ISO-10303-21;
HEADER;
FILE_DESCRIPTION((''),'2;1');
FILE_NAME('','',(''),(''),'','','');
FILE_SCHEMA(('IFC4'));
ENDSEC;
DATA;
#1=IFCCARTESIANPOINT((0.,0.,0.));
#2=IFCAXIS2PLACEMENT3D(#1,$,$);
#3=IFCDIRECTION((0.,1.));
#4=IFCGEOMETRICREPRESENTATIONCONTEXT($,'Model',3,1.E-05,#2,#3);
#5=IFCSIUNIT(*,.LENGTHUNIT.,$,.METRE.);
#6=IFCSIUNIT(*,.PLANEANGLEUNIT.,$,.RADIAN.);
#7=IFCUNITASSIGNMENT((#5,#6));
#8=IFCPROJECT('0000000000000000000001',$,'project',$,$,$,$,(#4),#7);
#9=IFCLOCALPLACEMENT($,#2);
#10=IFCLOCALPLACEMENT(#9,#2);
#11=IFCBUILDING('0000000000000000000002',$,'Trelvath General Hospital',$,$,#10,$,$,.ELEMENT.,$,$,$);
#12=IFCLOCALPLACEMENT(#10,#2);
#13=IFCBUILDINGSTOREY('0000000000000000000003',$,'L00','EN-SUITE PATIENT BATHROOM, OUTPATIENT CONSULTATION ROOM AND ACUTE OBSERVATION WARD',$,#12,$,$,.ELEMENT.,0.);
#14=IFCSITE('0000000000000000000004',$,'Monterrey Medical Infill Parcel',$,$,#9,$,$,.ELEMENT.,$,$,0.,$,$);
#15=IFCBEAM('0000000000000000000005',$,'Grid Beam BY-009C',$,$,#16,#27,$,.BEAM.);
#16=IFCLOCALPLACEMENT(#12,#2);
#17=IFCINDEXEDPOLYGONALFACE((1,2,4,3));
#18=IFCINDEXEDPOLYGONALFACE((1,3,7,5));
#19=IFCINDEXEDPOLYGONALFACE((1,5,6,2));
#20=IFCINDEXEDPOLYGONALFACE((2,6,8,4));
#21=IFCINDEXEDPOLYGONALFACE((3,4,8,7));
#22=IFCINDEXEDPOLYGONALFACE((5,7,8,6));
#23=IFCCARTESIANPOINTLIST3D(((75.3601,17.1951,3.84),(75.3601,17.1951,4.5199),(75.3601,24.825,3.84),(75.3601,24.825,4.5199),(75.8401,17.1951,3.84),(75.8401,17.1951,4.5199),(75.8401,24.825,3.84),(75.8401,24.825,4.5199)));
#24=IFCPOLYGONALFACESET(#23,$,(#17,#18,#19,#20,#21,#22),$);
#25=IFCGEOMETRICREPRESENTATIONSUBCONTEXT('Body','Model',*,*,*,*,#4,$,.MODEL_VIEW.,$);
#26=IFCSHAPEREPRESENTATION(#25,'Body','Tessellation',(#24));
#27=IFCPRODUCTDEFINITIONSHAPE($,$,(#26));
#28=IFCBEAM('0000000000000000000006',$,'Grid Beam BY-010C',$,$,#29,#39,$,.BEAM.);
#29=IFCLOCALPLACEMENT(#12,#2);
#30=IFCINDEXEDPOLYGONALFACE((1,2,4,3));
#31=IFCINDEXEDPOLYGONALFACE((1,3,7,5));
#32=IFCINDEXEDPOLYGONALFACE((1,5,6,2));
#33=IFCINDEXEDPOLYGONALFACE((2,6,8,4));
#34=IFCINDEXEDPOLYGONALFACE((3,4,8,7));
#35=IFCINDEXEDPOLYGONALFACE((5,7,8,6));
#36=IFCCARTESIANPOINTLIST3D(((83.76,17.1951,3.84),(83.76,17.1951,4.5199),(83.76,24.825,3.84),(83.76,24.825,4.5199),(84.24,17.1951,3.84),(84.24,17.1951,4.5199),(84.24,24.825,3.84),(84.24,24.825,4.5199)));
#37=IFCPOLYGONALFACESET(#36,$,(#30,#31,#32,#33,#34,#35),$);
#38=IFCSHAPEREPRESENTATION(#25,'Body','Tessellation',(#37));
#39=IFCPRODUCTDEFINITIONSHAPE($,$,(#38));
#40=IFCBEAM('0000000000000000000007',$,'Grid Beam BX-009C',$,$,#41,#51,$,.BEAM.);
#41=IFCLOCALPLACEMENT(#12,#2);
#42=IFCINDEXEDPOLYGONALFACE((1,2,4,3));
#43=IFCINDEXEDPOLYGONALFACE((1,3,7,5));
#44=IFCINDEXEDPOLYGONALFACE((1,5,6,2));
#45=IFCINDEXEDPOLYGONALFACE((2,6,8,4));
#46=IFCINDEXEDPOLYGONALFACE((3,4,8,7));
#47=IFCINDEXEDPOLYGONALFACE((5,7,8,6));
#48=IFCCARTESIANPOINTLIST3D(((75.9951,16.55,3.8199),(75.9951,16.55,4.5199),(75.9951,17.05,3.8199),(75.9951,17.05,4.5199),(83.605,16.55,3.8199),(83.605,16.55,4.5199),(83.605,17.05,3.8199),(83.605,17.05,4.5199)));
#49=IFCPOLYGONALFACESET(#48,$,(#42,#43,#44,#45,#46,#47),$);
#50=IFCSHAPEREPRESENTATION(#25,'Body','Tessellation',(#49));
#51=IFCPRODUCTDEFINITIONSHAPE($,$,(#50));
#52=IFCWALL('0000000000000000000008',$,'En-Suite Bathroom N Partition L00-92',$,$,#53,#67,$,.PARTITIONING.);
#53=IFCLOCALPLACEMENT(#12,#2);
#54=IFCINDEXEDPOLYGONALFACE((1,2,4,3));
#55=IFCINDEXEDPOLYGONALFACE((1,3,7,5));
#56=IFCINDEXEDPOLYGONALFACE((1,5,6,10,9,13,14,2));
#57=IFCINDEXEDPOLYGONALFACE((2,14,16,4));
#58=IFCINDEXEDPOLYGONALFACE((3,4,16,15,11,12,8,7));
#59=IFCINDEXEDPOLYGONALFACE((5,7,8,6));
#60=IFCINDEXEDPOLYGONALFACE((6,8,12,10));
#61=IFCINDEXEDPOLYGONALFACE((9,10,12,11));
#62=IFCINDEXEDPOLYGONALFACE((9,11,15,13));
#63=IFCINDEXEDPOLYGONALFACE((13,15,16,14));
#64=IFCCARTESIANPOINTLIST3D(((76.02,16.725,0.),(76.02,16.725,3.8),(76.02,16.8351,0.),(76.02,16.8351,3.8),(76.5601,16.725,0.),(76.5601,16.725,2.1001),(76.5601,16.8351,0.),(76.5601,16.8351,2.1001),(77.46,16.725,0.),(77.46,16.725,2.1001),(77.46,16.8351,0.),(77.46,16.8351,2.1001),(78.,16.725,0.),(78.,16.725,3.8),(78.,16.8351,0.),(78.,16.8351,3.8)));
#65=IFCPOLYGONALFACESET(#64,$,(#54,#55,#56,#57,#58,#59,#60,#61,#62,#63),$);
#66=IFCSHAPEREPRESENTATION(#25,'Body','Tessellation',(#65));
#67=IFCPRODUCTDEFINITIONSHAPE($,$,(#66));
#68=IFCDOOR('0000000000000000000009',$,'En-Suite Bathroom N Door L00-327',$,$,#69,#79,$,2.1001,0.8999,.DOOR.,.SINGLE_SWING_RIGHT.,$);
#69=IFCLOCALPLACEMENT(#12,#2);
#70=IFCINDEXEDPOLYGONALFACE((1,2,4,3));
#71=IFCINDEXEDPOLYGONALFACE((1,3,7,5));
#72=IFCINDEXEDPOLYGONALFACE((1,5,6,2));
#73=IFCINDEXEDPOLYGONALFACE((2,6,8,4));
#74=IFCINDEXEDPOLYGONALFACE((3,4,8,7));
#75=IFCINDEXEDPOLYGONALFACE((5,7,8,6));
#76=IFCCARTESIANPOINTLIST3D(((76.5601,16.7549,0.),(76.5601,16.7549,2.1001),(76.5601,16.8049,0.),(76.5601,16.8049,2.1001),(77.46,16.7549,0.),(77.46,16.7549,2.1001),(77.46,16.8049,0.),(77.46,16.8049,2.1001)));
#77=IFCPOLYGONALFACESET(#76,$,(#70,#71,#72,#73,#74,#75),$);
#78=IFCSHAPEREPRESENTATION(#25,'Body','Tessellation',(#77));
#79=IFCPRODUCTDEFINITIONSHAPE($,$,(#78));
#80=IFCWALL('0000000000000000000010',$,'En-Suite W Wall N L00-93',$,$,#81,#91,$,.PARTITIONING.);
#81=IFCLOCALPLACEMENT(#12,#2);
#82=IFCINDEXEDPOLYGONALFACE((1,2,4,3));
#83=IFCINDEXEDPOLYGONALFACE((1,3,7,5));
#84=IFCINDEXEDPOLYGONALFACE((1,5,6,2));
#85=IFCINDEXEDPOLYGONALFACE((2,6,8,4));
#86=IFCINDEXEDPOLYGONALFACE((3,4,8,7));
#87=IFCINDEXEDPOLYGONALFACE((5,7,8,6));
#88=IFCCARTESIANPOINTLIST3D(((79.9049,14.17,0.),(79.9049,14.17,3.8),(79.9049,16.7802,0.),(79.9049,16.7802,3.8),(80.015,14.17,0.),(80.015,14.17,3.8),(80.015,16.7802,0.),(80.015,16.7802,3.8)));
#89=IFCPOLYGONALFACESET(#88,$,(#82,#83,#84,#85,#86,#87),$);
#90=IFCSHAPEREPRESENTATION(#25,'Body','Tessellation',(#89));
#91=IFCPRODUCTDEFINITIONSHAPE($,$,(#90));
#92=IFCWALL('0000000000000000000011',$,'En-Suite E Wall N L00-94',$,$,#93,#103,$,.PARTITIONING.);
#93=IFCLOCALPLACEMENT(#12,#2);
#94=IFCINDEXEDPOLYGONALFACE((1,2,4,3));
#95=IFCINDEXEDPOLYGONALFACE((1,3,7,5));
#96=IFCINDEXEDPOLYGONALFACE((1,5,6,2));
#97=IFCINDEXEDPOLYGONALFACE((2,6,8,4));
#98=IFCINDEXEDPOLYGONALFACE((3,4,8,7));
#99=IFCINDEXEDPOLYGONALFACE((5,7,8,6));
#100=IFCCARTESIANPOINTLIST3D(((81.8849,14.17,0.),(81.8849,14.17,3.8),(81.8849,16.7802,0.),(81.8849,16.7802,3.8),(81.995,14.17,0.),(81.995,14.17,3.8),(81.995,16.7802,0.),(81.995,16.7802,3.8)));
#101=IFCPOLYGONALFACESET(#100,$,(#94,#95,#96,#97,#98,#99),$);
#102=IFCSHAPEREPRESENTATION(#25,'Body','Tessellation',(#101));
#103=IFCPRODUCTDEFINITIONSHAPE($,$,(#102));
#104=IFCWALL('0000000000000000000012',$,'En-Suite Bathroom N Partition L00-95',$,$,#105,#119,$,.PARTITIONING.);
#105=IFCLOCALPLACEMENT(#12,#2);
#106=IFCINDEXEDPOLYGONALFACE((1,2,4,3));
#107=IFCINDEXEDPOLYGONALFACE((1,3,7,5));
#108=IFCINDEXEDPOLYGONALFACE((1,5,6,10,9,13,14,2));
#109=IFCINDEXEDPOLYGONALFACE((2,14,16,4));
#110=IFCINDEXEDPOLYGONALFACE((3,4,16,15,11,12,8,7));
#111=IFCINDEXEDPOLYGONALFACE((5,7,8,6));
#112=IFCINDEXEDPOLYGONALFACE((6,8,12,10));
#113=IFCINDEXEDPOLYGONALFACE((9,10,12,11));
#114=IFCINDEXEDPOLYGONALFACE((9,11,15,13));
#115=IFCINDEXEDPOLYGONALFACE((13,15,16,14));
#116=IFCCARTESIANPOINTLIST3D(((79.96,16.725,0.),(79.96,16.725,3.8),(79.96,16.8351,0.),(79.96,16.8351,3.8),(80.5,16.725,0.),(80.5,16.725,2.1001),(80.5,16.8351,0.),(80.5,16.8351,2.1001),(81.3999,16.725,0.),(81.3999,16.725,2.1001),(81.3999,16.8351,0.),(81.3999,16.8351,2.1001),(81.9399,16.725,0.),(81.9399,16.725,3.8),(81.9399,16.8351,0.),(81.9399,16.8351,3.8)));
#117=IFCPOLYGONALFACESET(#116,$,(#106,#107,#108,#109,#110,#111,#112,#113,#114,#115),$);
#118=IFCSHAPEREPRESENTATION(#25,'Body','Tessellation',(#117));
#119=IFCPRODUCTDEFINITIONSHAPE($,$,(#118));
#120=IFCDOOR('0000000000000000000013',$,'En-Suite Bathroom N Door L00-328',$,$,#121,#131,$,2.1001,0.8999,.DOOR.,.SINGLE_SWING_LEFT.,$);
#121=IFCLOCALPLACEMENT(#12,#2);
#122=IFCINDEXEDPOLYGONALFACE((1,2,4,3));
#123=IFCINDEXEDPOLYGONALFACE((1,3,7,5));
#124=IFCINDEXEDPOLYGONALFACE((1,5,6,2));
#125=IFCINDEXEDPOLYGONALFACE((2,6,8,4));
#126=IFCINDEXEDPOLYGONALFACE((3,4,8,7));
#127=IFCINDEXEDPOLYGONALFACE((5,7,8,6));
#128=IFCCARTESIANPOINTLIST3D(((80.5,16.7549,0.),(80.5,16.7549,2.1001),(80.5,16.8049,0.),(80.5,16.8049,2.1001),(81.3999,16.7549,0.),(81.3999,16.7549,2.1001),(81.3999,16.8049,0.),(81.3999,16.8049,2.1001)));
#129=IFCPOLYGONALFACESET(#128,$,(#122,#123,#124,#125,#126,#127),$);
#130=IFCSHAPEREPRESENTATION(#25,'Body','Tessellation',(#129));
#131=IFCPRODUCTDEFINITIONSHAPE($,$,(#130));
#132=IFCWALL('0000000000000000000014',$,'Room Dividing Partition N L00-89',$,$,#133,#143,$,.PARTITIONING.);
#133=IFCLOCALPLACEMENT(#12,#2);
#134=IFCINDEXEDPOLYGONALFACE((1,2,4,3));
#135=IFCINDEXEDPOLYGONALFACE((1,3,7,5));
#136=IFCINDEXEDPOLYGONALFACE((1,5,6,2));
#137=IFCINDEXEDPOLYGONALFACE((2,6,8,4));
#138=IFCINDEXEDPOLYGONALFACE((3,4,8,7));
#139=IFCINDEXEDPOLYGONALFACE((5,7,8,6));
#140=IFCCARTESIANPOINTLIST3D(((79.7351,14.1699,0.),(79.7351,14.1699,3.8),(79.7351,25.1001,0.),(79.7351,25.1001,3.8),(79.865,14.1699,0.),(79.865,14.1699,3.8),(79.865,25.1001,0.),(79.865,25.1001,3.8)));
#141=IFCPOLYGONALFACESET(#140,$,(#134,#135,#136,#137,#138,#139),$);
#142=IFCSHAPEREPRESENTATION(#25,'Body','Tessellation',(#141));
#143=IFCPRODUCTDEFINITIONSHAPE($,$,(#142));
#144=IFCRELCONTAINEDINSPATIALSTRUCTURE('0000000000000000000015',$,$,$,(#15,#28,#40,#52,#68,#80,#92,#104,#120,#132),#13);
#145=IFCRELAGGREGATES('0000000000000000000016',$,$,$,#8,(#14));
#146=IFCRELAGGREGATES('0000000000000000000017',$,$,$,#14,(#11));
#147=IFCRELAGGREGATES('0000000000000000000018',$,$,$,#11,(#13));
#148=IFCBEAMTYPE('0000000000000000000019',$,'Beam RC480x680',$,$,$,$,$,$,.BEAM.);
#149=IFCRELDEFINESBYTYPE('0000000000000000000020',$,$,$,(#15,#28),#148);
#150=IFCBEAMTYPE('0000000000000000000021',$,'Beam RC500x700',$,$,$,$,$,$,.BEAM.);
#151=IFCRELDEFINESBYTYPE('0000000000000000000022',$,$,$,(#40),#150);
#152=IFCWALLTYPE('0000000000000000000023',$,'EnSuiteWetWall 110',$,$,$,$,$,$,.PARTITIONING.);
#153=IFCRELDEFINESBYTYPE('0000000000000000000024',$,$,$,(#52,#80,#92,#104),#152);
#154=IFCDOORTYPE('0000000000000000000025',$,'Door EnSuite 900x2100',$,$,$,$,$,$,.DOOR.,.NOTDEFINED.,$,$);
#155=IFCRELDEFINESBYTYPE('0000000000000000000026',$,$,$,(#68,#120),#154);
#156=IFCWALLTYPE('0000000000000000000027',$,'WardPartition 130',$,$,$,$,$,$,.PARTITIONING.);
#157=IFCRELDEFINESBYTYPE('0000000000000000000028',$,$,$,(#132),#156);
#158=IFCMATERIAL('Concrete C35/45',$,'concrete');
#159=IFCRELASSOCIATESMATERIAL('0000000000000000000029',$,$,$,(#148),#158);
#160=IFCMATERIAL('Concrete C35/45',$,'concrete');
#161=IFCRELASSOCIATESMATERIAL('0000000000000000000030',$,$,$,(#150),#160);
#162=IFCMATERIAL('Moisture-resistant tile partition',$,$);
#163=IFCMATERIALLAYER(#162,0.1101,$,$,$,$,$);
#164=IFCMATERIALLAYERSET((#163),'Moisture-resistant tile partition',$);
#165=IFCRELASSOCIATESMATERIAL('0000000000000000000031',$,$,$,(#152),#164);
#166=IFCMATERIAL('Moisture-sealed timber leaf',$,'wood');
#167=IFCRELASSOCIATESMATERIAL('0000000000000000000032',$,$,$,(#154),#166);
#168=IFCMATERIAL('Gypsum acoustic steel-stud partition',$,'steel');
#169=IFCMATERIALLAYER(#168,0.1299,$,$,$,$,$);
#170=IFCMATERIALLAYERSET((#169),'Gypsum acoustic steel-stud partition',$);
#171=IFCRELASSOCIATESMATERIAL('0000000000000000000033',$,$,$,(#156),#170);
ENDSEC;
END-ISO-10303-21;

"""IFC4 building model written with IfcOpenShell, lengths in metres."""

from ifc_helpers import new_model, si_unit, direction, frame, frame_2d, origin, origin_2d, place, context, subcontext, project, spatial, rectangle, extrude, material, layer, layer_set, material_profile, profile_set, type_object, element, fill, save


model = new_model("IFC4")

# Units and contexts
model_context = context("Model", 3, precision=1e-05, world=origin(), true_north=direction((0.0, 1.0)))
body_context = subcontext(model_context, "Body", "Model", "MODEL_VIEW")
ifc_project = project(units=[si_unit("LENGTHUNIT", "METRE"), si_unit("PLANEANGLEUNIT", "RADIAN")], contexts=[model_context])

# Site, building, storey
site_placement = place(None, origin())
site = spatial("IfcSite", under=ifc_project, at=site_placement, Name="Monterrey Medical Infill Parcel", CompositionType="ELEMENT", RefElevation=0.0)
building_placement = place(site_placement, origin())
building = spatial("IfcBuilding", under=site, at=building_placement, Name="Trelvath General Hospital", CompositionType="ELEMENT")
storey_placement = place(building_placement, origin())
storey = spatial("IfcBuildingStorey", under=building, at=storey_placement, Name="L00", Description="EN-SUITE PATIENT BATHROOM, OUTPATIENT CONSULTATION ROOM AND ACUTE OBSERVATION WARD", CompositionType="ELEMENT", Elevation=0.0)

# Beams
ifc_material_1 = material(Name="Concrete C35/45", Category="concrete")
ifc_material_profile_1 = material_profile(ifc_material_1, rectangle(XDim=0.48, YDim=0.6799, at=origin_2d()), Name="RCB480x680")
ifc_profile_set_1 = profile_set([ifc_material_profile_1], Name="Concrete C35/45")
beam_type_1 = type_object("IfcBeamType", Name="Beam RC480x680", PredefinedType="BEAM", material=ifc_profile_set_1)
for number, where, z_axis, x_axis, name in (
    (1, (75.6001, 17.1951, 4.1799), (0.0, 1.0, 0.0), (-1.0, 0.0, 0.0), "Grid Beam BY-009C"),
    (2, (84.0, 17.1951, 4.1799), (0.0, 1.0, 0.0), (-1.0, 0.0, 0.0), "Grid Beam BY-010C"),
):
    element("IfcBeam", number, at=place(storey_placement, frame(where, z_axis=z_axis, x_axis=x_axis)), inside=storey, type_object=beam_type_1, Name=name, PredefinedType="BEAM", context=body_context, shape_type="SweptSolid", body=[
        extrude(rectangle(XDim=0.48, YDim=0.6799, at=origin_2d()), origin(), (0.0, 0.0, 1.0), 7.6299),
    ])
ifc_material_2 = material(Name="Concrete C35/45", Category="concrete")
ifc_material_profile_2 = material_profile(ifc_material_2, rectangle(XDim=0.5, YDim=0.7, at=origin_2d()), Name="RCB500x700")
ifc_profile_set_2 = profile_set([ifc_material_profile_2], Name="Concrete C35/45")
beam_type_2 = type_object("IfcBeamType", Name="Beam RC500x700", PredefinedType="BEAM", material=ifc_profile_set_2)
beam_placement = place(storey_placement, frame((75.9951, 16.8, 4.1699), z_axis=(1.0, 0.0, 0.0), x_axis=(0.0, 1.0, 0.0)))
element("IfcBeam", 3, at=beam_placement, inside=storey, type_object=beam_type_2, Name="Grid Beam BX-009C", PredefinedType="BEAM", context=body_context, shape_type="SweptSolid", body=[
    extrude(rectangle(XDim=0.5, YDim=0.7, at=origin_2d()), origin(), (0.0, 0.0, 1.0), 7.6099),
])

# Wall, opening, door
ifc_material_3 = material(Name="Moisture-resistant tile partition")
ifc_layer_1 = layer(ifc_material_3, 0.1101)
ifc_layer_set_1 = layer_set([ifc_layer_1], Name="Moisture-resistant tile partition")
wall_type_1 = type_object("IfcWallType", Name="EnSuiteWetWall 110", PredefinedType="PARTITIONING", material=ifc_layer_set_1)
wall_1_placement = place(storey_placement, frame((76.02, 16.78, 0.0), z_axis=(0.0, 0.0, 1.0), x_axis=(1.0, 0.0, 0.0)))
wall_1 = element("IfcWall", 4, at=wall_1_placement, inside=storey, type_object=wall_type_1, Name="En-Suite Bathroom N Partition L00-92", PredefinedType="PARTITIONING", context=body_context, shape_type="SweptSolid", body=[
    extrude(rectangle(XDim=1.98, YDim=0.1101, at=frame_2d((0.99, 0.0))), origin(), (0.0, 0.0, 1.0), 3.8),
])
opening_1_placement = place(wall_1_placement, frame((0.54, 0.0, 0.0)))
opening_1 = element("IfcOpeningElement", 5, at=opening_1_placement, cuts=wall_1, PredefinedType="OPENING", context=body_context, shape_type="SweptSolid", body=[
    extrude(rectangle(XDim=0.8999, YDim=2.1001, at=frame_2d((0.45, 1.05))), frame((0.0, 0.0649, 0.0), z_axis=(0.0, -1.0, 0.0), x_axis=(1.0, 0.0, 0.0)), (0.0, 0.0, 1.0), 0.1301),
])
ifc_material_4 = material(Name="Moisture-sealed timber leaf", Category="wood")
door_type = type_object("IfcDoorType", Name="Door EnSuite 900x2100", OperationType="NOTDEFINED", PredefinedType="DOOR", material=ifc_material_4)
door_1_placement = place(opening_1_placement, origin())
door_1 = element("IfcDoor", 6, at=door_1_placement, inside=storey, type_object=door_type, Name="En-Suite Bathroom N Door L00-327", OperationType="SINGLE_SWING_RIGHT", OverallHeight=2.1001, OverallWidth=0.8999, PredefinedType="DOOR", context=body_context, shape_type="SweptSolid", body=[
    extrude(rectangle(XDim=0.8999, YDim=2.1001, at=frame_2d((0.45, 1.05))), frame((0.0, 0.0249, 0.0), z_axis=(0.0, -1.0, 0.0), x_axis=(1.0, 0.0, 0.0)), (0.0, 0.0, 1.0), 0.05),
])
fill(opening_1, door_1)

# Walls
for number, where, z_axis, x_axis, name in (
    (7, (79.96, 14.1699, 0.0), (0.0, 0.0, 1.0), (0.0, 1.0, 0.0), "En-Suite W Wall N L00-93"),
    (8, (81.9399, 14.1699, 0.0), (0.0, 0.0, 1.0), (0.0, 1.0, 0.0), "En-Suite E Wall N L00-94"),
):
    element("IfcWall", number, at=place(storey_placement, frame(where, z_axis=z_axis, x_axis=x_axis)), inside=storey, type_object=wall_type_1, Name=name, PredefinedType="PARTITIONING", context=body_context, shape_type="SweptSolid", body=[
        extrude(rectangle(XDim=2.6101, YDim=0.1101, at=frame_2d((1.3052, 0.0))), origin(), (0.0, 0.0, 1.0), 3.8),
    ])

# Wall, opening, door
wall_2_placement = place(storey_placement, frame((79.96, 16.78, 0.0), z_axis=(0.0, 0.0, 1.0), x_axis=(1.0, 0.0, 0.0)))
wall_2 = element("IfcWall", 9, at=wall_2_placement, inside=storey, type_object=wall_type_1, Name="En-Suite Bathroom N Partition L00-95", PredefinedType="PARTITIONING", context=body_context, shape_type="SweptSolid", body=[
    extrude(rectangle(XDim=1.98, YDim=0.1101, at=frame_2d((0.99, 0.0))), origin(), (0.0, 0.0, 1.0), 3.8),
])
opening_2_placement = place(wall_2_placement, frame((0.54, 0.0, 0.0)))
opening_2 = element("IfcOpeningElement", 10, at=opening_2_placement, cuts=wall_2, PredefinedType="OPENING", context=body_context, shape_type="SweptSolid", body=[
    extrude(rectangle(XDim=0.8999, YDim=2.1001, at=frame_2d((0.45, 1.05))), frame((0.0, 0.0649, 0.0), z_axis=(0.0, -1.0, 0.0), x_axis=(1.0, 0.0, 0.0)), (0.0, 0.0, 1.0), 0.1301),
])
door_2_placement = place(opening_2_placement, origin())
door_2 = element("IfcDoor", 11, at=door_2_placement, inside=storey, type_object=door_type, Name="En-Suite Bathroom N Door L00-328", OperationType="SINGLE_SWING_LEFT", OverallHeight=2.1001, OverallWidth=0.8999, PredefinedType="DOOR", context=body_context, shape_type="SweptSolid", body=[
    extrude(rectangle(XDim=0.8999, YDim=2.1001, at=frame_2d((0.45, 1.05))), frame((0.0, 0.0249, 0.0), z_axis=(0.0, -1.0, 0.0), x_axis=(1.0, 0.0, 0.0)), (0.0, 0.0, 1.0), 0.05),
])
fill(opening_2, door_2)

# Wall
ifc_material_5 = material(Name="Gypsum acoustic steel-stud partition", Category="steel")
ifc_layer_2 = layer(ifc_material_5, 0.1299)
ifc_layer_set_2 = layer_set([ifc_layer_2], Name="Gypsum acoustic steel-stud partition")
wall_type_2 = type_object("IfcWallType", Name="WardPartition 130", PredefinedType="PARTITIONING", material=ifc_layer_set_2)
wall_3_placement = place(storey_placement, frame((79.8, 14.1699, 0.0), z_axis=(0.0, 0.0, 1.0), x_axis=(0.0, 1.0, 0.0)))
element("IfcWall", 12, at=wall_3_placement, inside=storey, type_object=wall_type_2, Name="Room Dividing Partition N L00-89", PredefinedType="PARTITIONING", context=body_context, shape_type="SweptSolid", body=[
    extrude(rectangle(XDim=10.9302, YDim=0.1299, at=frame_2d((5.4651, 0.0))), origin(), (0.0, 0.0, 1.0), 3.8),
])

save(model, "model.ifc")
